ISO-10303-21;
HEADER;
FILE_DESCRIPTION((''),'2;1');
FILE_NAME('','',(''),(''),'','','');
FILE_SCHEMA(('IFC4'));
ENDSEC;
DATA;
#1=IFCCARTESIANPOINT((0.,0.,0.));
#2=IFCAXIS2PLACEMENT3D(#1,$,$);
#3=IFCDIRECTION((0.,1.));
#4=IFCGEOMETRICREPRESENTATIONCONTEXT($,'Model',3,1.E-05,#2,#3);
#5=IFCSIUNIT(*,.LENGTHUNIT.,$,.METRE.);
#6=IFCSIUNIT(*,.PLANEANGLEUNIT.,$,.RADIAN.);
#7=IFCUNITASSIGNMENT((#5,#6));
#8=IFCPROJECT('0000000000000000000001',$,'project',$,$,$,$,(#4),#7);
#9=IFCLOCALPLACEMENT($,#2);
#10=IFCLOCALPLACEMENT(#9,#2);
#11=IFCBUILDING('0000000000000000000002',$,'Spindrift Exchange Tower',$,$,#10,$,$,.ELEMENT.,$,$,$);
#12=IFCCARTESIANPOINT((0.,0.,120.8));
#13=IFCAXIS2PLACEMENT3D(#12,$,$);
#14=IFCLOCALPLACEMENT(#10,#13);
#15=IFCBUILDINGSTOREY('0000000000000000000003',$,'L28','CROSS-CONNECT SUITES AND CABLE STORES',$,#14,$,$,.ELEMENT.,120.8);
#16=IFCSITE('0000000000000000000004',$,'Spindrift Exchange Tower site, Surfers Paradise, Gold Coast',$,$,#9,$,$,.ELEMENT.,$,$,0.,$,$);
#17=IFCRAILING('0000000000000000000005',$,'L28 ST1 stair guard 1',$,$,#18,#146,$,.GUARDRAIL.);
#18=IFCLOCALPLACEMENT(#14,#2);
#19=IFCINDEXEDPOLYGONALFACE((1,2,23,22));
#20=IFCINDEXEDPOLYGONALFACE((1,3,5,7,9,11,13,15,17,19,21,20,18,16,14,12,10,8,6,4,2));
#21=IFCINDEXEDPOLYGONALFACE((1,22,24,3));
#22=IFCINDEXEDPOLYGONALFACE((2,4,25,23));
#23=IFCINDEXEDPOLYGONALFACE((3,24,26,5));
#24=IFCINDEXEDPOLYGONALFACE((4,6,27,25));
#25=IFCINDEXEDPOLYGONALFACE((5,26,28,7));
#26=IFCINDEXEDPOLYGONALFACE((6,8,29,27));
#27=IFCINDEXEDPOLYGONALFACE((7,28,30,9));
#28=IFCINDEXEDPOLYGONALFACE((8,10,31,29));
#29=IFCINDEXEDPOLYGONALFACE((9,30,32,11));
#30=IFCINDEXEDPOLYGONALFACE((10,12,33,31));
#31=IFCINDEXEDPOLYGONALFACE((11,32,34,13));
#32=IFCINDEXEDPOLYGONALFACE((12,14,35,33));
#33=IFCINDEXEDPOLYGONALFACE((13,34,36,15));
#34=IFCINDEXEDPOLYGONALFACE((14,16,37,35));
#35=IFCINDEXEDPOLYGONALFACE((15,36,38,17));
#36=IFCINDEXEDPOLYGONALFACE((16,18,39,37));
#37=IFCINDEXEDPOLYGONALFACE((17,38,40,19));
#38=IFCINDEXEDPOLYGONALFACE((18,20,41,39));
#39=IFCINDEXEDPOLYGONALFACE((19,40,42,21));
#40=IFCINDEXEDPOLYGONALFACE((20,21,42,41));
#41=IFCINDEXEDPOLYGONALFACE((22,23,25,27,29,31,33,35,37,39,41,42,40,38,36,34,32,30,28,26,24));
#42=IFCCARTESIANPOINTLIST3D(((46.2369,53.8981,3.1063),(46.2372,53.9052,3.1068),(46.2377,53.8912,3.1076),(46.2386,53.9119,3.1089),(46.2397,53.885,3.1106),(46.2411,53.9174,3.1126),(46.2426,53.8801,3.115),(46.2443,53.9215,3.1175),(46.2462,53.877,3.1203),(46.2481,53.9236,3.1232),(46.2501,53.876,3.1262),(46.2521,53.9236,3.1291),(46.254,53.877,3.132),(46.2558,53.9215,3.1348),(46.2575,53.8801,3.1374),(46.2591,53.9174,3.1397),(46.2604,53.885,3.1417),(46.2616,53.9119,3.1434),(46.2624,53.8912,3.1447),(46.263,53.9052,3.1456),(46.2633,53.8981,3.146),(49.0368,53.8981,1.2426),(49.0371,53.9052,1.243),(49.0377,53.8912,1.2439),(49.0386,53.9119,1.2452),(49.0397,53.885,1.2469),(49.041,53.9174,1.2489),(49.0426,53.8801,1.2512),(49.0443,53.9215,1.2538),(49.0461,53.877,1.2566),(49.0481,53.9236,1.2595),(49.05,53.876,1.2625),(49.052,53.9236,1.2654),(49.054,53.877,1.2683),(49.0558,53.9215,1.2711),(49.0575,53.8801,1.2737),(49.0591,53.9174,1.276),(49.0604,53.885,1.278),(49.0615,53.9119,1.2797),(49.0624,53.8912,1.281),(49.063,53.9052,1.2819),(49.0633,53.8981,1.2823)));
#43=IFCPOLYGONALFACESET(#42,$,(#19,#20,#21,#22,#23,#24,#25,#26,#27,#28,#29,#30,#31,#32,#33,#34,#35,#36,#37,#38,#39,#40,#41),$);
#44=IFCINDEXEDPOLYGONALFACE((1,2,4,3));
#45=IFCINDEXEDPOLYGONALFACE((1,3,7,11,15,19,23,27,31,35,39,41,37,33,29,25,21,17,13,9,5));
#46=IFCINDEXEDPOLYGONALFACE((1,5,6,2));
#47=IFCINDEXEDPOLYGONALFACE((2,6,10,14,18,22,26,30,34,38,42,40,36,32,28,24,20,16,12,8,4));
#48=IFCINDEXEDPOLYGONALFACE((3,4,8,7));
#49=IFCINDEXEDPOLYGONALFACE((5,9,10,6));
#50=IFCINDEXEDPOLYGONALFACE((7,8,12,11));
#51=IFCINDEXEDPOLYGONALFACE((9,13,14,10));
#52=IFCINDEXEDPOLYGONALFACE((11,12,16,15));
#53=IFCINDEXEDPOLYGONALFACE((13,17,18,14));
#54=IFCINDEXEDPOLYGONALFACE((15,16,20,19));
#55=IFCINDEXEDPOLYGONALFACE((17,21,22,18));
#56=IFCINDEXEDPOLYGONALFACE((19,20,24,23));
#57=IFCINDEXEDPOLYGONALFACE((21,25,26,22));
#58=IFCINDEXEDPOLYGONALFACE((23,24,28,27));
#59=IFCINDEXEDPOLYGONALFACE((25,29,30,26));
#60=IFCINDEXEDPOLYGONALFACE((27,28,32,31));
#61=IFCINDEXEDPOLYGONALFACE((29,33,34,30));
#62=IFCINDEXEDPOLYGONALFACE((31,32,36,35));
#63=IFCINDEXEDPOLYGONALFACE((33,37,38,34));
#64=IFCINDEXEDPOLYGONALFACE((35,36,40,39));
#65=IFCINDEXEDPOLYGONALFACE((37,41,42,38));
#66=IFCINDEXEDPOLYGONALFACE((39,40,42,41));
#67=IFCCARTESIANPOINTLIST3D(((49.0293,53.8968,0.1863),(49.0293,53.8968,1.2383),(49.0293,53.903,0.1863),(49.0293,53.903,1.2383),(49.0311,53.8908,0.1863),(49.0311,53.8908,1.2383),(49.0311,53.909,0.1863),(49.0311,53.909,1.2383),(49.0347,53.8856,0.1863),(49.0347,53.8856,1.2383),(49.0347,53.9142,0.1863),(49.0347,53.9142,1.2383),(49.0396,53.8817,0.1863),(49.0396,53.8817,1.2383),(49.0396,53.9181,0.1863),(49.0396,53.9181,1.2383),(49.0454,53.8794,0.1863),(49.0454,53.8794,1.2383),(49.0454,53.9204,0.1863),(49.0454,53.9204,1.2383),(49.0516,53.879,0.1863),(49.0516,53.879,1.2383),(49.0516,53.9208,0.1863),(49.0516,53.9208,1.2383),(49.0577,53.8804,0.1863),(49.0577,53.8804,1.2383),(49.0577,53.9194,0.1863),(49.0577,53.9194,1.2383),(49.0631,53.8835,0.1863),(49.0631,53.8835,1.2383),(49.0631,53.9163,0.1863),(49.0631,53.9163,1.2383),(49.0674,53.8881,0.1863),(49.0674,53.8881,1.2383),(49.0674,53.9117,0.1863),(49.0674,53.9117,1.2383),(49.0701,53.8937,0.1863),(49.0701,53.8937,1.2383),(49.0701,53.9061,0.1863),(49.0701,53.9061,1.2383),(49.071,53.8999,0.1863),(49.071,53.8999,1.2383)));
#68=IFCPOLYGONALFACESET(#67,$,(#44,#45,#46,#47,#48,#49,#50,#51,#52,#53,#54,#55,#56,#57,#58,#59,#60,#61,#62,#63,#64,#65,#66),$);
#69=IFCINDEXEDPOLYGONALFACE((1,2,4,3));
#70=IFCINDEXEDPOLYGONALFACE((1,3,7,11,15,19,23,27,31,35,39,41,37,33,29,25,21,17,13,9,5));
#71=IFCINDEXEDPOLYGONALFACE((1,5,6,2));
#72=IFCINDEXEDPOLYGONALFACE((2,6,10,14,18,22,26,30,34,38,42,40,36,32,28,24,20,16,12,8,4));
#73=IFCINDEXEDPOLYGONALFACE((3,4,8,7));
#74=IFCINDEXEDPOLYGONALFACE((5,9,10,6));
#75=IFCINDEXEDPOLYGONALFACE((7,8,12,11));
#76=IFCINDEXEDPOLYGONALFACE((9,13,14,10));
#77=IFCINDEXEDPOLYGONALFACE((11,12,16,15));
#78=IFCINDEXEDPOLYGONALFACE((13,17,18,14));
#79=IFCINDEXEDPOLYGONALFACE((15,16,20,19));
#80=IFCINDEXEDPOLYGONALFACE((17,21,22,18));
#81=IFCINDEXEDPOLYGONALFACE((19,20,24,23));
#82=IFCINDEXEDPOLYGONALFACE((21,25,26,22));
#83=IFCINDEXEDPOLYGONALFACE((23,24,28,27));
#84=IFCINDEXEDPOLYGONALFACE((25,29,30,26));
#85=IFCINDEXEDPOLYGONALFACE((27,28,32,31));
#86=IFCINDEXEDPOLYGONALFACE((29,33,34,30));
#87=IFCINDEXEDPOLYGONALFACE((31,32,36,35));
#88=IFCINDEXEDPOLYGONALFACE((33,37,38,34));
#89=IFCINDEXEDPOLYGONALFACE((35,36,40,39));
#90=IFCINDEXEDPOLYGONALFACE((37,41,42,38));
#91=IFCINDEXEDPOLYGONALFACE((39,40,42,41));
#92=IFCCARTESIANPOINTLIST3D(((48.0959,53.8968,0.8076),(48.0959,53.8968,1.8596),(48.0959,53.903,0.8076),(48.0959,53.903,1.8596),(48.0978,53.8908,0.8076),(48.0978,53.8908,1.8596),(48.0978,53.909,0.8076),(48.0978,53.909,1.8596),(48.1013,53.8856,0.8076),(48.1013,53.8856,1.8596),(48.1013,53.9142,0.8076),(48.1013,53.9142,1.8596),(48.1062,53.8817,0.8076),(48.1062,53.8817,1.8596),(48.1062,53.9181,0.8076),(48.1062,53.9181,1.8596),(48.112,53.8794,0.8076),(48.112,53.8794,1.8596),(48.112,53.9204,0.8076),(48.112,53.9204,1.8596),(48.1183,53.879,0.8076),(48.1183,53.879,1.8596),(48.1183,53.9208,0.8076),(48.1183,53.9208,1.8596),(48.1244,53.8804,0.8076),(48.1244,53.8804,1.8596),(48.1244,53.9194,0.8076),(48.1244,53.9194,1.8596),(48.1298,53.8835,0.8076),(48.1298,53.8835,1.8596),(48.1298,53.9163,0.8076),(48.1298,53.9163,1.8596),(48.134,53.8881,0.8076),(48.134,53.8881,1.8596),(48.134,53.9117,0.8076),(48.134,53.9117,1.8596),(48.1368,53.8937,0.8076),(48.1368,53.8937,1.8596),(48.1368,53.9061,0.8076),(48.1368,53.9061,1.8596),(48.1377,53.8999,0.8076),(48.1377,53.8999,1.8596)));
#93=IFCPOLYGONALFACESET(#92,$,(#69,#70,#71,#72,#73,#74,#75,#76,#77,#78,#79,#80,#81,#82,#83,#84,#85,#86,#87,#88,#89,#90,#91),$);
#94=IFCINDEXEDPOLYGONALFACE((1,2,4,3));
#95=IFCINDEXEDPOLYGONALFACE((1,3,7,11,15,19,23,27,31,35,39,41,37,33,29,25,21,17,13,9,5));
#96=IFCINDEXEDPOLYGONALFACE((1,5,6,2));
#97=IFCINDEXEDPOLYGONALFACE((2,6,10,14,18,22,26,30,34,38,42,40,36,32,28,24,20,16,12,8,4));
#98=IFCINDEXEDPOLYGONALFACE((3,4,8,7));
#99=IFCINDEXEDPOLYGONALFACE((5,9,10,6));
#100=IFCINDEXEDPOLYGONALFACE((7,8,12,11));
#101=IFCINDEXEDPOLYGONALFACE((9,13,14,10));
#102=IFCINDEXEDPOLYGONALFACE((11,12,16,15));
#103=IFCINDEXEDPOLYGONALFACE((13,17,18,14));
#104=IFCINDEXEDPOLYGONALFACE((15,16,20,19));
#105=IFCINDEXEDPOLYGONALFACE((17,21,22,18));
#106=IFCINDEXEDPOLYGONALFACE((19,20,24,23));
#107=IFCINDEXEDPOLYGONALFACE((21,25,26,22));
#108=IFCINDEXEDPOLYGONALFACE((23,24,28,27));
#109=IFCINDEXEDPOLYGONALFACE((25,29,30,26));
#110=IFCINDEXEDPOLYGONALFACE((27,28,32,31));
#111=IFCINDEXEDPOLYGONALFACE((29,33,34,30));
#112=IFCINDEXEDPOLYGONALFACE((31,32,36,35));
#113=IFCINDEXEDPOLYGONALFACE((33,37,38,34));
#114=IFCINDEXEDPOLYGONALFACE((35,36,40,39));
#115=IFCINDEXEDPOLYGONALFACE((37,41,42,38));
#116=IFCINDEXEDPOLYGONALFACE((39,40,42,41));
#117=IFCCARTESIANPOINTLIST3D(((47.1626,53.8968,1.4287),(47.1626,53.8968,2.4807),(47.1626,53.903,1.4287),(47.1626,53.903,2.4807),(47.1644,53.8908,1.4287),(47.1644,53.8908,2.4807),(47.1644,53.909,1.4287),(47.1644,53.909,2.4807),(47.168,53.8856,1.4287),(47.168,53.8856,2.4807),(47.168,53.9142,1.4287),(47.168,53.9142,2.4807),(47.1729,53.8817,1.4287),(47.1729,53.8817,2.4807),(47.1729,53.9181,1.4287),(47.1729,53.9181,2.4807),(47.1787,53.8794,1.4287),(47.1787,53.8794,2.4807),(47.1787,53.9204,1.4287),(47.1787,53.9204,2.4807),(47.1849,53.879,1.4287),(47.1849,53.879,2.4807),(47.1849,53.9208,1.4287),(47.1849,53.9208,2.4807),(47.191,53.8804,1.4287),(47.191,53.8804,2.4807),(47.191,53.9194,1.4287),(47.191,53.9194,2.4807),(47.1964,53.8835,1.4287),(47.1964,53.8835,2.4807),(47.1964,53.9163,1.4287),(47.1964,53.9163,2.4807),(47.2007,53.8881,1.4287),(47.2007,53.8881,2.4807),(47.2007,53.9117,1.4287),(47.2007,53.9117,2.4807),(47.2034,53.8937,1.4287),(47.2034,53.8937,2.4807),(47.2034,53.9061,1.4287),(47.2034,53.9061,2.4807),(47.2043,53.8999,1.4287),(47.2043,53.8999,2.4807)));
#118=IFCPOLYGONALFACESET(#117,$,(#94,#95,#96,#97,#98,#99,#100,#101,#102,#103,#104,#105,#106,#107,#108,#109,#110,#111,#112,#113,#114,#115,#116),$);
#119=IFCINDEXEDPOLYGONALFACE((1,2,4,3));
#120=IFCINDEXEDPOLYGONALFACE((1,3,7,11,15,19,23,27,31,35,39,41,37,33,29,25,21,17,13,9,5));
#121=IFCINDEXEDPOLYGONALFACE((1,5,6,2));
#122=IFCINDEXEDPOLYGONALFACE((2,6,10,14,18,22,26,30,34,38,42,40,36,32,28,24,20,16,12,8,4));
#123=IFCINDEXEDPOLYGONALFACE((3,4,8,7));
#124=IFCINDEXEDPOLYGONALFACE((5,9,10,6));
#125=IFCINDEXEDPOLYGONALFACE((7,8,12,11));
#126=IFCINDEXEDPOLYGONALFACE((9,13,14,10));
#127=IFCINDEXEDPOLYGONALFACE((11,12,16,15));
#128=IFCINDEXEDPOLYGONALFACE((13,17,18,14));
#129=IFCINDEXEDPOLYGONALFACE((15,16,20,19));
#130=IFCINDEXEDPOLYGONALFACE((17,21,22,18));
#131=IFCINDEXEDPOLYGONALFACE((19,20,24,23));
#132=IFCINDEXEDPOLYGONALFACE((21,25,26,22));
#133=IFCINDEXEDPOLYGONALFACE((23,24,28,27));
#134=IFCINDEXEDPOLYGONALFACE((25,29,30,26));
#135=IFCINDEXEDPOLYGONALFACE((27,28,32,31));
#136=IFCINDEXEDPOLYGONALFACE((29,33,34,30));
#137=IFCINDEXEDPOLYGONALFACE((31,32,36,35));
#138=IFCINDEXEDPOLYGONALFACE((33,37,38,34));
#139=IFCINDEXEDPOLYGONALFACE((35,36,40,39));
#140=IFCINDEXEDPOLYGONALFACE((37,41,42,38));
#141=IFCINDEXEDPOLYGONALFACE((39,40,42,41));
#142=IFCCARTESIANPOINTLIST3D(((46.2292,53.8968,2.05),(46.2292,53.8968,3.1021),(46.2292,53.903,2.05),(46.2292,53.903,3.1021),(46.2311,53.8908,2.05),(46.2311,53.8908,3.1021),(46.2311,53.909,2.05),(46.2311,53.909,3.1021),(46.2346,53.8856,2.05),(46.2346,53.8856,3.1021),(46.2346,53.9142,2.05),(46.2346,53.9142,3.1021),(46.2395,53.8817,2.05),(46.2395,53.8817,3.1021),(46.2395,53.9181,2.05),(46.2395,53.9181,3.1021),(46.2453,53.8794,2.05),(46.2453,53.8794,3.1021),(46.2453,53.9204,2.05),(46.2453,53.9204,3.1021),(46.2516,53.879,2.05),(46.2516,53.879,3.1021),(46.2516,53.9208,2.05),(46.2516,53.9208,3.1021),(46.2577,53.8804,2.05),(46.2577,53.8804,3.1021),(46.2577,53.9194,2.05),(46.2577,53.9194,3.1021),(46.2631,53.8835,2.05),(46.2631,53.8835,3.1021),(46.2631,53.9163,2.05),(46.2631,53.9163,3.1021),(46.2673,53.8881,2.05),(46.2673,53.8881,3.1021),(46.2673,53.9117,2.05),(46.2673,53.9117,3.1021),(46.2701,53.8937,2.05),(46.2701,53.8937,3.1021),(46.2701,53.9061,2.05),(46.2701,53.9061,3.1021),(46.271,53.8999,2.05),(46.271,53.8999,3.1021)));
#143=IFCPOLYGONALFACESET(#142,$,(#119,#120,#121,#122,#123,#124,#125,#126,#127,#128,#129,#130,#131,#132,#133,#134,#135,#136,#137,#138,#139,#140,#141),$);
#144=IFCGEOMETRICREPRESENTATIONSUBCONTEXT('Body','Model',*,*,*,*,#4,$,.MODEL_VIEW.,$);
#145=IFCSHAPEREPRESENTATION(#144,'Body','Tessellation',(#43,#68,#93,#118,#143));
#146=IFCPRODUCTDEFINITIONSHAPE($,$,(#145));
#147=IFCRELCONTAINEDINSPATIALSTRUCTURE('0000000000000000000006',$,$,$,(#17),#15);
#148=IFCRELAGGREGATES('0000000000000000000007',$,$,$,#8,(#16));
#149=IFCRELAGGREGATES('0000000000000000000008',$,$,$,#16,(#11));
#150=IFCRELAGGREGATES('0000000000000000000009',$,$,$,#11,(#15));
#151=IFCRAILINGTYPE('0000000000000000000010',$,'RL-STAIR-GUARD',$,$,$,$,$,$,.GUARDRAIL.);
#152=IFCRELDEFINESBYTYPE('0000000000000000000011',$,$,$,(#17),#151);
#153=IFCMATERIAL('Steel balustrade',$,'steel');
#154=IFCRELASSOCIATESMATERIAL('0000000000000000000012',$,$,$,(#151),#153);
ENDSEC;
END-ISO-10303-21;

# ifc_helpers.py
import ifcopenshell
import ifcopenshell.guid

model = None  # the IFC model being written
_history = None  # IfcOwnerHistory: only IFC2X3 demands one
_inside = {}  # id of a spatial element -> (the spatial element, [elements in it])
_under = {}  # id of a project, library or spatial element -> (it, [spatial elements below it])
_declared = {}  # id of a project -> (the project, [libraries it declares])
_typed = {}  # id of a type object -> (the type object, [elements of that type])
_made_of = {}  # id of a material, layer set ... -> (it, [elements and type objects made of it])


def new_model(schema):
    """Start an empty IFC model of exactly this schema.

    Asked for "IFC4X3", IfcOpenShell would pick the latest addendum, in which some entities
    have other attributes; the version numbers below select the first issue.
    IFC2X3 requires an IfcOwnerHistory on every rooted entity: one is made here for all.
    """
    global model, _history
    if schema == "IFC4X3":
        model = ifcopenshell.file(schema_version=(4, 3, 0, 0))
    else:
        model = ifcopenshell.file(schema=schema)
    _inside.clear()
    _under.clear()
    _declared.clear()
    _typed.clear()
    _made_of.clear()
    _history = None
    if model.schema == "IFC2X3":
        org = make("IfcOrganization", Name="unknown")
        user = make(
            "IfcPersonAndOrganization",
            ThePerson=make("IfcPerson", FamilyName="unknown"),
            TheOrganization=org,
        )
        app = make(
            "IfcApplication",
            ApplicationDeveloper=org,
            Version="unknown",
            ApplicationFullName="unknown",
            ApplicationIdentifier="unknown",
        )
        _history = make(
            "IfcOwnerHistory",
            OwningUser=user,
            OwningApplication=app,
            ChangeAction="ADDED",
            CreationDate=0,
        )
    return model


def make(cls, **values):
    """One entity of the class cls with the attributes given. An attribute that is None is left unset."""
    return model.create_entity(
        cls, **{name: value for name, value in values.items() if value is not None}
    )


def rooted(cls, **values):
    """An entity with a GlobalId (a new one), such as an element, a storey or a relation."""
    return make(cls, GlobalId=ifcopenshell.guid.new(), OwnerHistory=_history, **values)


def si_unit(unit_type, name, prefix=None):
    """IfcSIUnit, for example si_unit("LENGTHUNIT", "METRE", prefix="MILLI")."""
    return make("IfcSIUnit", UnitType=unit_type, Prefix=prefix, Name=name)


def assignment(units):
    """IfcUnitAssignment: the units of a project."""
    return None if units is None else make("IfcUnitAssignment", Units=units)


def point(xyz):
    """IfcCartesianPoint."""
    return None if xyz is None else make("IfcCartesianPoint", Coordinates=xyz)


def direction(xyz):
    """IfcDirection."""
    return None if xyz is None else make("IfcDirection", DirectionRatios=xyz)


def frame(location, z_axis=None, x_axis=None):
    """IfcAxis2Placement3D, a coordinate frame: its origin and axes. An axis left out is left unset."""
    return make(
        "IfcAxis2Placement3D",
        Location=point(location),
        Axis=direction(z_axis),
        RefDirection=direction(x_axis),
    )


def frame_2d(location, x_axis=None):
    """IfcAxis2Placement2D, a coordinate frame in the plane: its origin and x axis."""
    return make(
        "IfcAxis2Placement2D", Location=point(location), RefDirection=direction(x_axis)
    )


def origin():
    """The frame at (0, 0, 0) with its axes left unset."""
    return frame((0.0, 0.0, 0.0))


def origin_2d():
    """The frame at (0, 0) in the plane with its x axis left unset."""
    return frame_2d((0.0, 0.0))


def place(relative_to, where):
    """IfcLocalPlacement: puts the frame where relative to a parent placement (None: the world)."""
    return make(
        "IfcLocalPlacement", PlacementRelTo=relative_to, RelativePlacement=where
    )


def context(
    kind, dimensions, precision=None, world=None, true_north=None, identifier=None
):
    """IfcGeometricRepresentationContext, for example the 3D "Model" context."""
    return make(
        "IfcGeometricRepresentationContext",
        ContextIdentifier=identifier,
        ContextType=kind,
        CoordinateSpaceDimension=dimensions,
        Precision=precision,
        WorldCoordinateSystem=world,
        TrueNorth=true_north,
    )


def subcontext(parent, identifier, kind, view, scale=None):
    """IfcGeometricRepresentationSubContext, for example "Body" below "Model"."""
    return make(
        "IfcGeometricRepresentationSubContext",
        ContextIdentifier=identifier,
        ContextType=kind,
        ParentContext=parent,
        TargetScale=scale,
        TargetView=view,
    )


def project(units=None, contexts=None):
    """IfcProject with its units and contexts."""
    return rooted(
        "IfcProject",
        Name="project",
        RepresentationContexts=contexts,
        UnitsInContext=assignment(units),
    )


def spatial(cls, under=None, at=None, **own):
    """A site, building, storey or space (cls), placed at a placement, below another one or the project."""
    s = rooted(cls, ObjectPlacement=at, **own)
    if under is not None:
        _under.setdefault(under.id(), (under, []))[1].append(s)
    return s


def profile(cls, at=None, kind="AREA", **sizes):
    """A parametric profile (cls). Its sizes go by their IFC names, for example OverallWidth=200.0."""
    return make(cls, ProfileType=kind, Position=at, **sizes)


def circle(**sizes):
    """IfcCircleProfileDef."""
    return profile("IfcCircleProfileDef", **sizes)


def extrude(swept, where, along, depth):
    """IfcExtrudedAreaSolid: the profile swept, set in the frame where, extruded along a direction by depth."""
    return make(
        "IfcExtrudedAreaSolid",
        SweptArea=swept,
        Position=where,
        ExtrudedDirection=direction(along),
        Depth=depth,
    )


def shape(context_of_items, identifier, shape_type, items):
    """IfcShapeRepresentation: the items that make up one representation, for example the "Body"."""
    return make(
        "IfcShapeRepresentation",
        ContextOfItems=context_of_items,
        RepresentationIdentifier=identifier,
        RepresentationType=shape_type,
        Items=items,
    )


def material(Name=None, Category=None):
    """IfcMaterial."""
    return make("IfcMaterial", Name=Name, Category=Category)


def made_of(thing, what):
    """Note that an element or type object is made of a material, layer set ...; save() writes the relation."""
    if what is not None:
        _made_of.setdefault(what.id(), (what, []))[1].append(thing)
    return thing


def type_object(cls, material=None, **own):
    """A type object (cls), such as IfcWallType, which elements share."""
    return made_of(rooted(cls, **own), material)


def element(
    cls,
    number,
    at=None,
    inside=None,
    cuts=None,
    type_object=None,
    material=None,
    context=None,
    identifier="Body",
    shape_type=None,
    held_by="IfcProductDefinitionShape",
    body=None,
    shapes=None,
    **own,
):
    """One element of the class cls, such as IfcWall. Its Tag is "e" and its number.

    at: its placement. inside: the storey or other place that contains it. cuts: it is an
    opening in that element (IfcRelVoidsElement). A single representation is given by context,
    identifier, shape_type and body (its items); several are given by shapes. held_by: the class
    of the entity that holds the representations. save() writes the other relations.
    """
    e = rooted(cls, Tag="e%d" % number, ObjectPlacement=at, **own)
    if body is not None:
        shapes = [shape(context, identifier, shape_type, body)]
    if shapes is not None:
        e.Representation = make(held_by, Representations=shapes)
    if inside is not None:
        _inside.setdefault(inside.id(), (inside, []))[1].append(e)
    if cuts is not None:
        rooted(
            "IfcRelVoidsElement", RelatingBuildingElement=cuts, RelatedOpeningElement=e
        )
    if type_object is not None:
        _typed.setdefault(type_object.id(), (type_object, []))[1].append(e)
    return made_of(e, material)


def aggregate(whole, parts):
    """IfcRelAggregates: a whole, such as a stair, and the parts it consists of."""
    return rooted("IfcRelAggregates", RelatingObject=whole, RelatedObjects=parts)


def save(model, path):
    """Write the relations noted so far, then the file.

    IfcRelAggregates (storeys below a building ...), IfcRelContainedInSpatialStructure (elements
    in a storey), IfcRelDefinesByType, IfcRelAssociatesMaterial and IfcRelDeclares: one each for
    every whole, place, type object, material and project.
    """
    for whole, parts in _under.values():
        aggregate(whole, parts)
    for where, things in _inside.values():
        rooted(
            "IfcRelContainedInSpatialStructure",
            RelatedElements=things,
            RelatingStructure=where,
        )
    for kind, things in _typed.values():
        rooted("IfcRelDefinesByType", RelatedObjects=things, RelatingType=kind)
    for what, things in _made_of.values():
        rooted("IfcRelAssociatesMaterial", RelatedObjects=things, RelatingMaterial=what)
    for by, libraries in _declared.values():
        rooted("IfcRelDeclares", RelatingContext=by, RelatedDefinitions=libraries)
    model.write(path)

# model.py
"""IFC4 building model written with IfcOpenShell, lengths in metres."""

from ifc_helpers import new_model, si_unit, direction, frame, origin, origin_2d, place, context, subcontext, project, spatial, circle, extrude, material, type_object, element, save


model = new_model("IFC4")

# Units and contexts
model_context = context("Model", 3, precision=1e-05, world=origin(), true_north=direction((0.0, 1.0)))
body_context = subcontext(model_context, "Body", "Model", "MODEL_VIEW")
ifc_project = project(units=[si_unit("LENGTHUNIT", "METRE"), si_unit("PLANEANGLEUNIT", "RADIAN")], contexts=[model_context])

# Site, building, storey
site_placement = place(None, origin())
site = spatial("IfcSite", under=ifc_project, at=site_placement, Name="Spindrift Exchange Tower site, Surfers Paradise, Gold Coast", CompositionType="ELEMENT", RefElevation=0.0)
building_placement = place(site_placement, origin())
building = spatial("IfcBuilding", under=site, at=building_placement, Name="Spindrift Exchange Tower", CompositionType="ELEMENT")
storey_placement = place(building_placement, frame((0.0, 0.0, 120.8)))
storey = spatial("IfcBuildingStorey", under=building, at=storey_placement, Name="L28", Description="CROSS-CONNECT SUITES AND CABLE STORES", CompositionType="ELEMENT", Elevation=120.8)

# Railing
ifc_material_1 = material(Name="Steel balustrade", Category="steel")
railing_type_1 = type_object("IfcRailingType", Name="RL-STAIR-GUARD", PredefinedType="GUARDRAIL", material=ifc_material_1)
railing_1_placement = place(storey_placement, frame((49.05, 53.8999, 0.1863)))
element("IfcRailing", 1, at=railing_1_placement, inside=storey, type_object=railing_type_1, Name="L28 ST1 stair guard 1", PredefinedType="GUARDRAIL", context=body_context, shape_type="SweptSolid", body=[
    extrude(circle(Radius=0.0239, at=origin_2d()), frame((0.0, 0.0, 1.0762), z_axis=(-0.832452, 0.0, 0.554097), x_axis=(0.0, -1.0, 0.0)), (0.0, 0.0, 1.0), 3.3635),
    extrude(circle(Radius=0.021, at=origin_2d()), origin(), (0.0, 0.0, 1.0), 1.052),
    extrude(circle(Radius=0.021, at=origin_2d()), frame((-0.9333, 0.0, 0.6213)), (0.0, 0.0, 1.0), 1.052),
    extrude(circle(Radius=0.021, at=origin_2d()), frame((-1.8667, 0.0, 1.2424)), (0.0, 0.0, 1.0), 1.052),
    extrude(circle(Radius=0.021, at=origin_2d()), frame((-2.8, 0.0, 1.8638)), (0.0, 0.0, 1.0), 1.052),
])

save(model, "model.ifc")
